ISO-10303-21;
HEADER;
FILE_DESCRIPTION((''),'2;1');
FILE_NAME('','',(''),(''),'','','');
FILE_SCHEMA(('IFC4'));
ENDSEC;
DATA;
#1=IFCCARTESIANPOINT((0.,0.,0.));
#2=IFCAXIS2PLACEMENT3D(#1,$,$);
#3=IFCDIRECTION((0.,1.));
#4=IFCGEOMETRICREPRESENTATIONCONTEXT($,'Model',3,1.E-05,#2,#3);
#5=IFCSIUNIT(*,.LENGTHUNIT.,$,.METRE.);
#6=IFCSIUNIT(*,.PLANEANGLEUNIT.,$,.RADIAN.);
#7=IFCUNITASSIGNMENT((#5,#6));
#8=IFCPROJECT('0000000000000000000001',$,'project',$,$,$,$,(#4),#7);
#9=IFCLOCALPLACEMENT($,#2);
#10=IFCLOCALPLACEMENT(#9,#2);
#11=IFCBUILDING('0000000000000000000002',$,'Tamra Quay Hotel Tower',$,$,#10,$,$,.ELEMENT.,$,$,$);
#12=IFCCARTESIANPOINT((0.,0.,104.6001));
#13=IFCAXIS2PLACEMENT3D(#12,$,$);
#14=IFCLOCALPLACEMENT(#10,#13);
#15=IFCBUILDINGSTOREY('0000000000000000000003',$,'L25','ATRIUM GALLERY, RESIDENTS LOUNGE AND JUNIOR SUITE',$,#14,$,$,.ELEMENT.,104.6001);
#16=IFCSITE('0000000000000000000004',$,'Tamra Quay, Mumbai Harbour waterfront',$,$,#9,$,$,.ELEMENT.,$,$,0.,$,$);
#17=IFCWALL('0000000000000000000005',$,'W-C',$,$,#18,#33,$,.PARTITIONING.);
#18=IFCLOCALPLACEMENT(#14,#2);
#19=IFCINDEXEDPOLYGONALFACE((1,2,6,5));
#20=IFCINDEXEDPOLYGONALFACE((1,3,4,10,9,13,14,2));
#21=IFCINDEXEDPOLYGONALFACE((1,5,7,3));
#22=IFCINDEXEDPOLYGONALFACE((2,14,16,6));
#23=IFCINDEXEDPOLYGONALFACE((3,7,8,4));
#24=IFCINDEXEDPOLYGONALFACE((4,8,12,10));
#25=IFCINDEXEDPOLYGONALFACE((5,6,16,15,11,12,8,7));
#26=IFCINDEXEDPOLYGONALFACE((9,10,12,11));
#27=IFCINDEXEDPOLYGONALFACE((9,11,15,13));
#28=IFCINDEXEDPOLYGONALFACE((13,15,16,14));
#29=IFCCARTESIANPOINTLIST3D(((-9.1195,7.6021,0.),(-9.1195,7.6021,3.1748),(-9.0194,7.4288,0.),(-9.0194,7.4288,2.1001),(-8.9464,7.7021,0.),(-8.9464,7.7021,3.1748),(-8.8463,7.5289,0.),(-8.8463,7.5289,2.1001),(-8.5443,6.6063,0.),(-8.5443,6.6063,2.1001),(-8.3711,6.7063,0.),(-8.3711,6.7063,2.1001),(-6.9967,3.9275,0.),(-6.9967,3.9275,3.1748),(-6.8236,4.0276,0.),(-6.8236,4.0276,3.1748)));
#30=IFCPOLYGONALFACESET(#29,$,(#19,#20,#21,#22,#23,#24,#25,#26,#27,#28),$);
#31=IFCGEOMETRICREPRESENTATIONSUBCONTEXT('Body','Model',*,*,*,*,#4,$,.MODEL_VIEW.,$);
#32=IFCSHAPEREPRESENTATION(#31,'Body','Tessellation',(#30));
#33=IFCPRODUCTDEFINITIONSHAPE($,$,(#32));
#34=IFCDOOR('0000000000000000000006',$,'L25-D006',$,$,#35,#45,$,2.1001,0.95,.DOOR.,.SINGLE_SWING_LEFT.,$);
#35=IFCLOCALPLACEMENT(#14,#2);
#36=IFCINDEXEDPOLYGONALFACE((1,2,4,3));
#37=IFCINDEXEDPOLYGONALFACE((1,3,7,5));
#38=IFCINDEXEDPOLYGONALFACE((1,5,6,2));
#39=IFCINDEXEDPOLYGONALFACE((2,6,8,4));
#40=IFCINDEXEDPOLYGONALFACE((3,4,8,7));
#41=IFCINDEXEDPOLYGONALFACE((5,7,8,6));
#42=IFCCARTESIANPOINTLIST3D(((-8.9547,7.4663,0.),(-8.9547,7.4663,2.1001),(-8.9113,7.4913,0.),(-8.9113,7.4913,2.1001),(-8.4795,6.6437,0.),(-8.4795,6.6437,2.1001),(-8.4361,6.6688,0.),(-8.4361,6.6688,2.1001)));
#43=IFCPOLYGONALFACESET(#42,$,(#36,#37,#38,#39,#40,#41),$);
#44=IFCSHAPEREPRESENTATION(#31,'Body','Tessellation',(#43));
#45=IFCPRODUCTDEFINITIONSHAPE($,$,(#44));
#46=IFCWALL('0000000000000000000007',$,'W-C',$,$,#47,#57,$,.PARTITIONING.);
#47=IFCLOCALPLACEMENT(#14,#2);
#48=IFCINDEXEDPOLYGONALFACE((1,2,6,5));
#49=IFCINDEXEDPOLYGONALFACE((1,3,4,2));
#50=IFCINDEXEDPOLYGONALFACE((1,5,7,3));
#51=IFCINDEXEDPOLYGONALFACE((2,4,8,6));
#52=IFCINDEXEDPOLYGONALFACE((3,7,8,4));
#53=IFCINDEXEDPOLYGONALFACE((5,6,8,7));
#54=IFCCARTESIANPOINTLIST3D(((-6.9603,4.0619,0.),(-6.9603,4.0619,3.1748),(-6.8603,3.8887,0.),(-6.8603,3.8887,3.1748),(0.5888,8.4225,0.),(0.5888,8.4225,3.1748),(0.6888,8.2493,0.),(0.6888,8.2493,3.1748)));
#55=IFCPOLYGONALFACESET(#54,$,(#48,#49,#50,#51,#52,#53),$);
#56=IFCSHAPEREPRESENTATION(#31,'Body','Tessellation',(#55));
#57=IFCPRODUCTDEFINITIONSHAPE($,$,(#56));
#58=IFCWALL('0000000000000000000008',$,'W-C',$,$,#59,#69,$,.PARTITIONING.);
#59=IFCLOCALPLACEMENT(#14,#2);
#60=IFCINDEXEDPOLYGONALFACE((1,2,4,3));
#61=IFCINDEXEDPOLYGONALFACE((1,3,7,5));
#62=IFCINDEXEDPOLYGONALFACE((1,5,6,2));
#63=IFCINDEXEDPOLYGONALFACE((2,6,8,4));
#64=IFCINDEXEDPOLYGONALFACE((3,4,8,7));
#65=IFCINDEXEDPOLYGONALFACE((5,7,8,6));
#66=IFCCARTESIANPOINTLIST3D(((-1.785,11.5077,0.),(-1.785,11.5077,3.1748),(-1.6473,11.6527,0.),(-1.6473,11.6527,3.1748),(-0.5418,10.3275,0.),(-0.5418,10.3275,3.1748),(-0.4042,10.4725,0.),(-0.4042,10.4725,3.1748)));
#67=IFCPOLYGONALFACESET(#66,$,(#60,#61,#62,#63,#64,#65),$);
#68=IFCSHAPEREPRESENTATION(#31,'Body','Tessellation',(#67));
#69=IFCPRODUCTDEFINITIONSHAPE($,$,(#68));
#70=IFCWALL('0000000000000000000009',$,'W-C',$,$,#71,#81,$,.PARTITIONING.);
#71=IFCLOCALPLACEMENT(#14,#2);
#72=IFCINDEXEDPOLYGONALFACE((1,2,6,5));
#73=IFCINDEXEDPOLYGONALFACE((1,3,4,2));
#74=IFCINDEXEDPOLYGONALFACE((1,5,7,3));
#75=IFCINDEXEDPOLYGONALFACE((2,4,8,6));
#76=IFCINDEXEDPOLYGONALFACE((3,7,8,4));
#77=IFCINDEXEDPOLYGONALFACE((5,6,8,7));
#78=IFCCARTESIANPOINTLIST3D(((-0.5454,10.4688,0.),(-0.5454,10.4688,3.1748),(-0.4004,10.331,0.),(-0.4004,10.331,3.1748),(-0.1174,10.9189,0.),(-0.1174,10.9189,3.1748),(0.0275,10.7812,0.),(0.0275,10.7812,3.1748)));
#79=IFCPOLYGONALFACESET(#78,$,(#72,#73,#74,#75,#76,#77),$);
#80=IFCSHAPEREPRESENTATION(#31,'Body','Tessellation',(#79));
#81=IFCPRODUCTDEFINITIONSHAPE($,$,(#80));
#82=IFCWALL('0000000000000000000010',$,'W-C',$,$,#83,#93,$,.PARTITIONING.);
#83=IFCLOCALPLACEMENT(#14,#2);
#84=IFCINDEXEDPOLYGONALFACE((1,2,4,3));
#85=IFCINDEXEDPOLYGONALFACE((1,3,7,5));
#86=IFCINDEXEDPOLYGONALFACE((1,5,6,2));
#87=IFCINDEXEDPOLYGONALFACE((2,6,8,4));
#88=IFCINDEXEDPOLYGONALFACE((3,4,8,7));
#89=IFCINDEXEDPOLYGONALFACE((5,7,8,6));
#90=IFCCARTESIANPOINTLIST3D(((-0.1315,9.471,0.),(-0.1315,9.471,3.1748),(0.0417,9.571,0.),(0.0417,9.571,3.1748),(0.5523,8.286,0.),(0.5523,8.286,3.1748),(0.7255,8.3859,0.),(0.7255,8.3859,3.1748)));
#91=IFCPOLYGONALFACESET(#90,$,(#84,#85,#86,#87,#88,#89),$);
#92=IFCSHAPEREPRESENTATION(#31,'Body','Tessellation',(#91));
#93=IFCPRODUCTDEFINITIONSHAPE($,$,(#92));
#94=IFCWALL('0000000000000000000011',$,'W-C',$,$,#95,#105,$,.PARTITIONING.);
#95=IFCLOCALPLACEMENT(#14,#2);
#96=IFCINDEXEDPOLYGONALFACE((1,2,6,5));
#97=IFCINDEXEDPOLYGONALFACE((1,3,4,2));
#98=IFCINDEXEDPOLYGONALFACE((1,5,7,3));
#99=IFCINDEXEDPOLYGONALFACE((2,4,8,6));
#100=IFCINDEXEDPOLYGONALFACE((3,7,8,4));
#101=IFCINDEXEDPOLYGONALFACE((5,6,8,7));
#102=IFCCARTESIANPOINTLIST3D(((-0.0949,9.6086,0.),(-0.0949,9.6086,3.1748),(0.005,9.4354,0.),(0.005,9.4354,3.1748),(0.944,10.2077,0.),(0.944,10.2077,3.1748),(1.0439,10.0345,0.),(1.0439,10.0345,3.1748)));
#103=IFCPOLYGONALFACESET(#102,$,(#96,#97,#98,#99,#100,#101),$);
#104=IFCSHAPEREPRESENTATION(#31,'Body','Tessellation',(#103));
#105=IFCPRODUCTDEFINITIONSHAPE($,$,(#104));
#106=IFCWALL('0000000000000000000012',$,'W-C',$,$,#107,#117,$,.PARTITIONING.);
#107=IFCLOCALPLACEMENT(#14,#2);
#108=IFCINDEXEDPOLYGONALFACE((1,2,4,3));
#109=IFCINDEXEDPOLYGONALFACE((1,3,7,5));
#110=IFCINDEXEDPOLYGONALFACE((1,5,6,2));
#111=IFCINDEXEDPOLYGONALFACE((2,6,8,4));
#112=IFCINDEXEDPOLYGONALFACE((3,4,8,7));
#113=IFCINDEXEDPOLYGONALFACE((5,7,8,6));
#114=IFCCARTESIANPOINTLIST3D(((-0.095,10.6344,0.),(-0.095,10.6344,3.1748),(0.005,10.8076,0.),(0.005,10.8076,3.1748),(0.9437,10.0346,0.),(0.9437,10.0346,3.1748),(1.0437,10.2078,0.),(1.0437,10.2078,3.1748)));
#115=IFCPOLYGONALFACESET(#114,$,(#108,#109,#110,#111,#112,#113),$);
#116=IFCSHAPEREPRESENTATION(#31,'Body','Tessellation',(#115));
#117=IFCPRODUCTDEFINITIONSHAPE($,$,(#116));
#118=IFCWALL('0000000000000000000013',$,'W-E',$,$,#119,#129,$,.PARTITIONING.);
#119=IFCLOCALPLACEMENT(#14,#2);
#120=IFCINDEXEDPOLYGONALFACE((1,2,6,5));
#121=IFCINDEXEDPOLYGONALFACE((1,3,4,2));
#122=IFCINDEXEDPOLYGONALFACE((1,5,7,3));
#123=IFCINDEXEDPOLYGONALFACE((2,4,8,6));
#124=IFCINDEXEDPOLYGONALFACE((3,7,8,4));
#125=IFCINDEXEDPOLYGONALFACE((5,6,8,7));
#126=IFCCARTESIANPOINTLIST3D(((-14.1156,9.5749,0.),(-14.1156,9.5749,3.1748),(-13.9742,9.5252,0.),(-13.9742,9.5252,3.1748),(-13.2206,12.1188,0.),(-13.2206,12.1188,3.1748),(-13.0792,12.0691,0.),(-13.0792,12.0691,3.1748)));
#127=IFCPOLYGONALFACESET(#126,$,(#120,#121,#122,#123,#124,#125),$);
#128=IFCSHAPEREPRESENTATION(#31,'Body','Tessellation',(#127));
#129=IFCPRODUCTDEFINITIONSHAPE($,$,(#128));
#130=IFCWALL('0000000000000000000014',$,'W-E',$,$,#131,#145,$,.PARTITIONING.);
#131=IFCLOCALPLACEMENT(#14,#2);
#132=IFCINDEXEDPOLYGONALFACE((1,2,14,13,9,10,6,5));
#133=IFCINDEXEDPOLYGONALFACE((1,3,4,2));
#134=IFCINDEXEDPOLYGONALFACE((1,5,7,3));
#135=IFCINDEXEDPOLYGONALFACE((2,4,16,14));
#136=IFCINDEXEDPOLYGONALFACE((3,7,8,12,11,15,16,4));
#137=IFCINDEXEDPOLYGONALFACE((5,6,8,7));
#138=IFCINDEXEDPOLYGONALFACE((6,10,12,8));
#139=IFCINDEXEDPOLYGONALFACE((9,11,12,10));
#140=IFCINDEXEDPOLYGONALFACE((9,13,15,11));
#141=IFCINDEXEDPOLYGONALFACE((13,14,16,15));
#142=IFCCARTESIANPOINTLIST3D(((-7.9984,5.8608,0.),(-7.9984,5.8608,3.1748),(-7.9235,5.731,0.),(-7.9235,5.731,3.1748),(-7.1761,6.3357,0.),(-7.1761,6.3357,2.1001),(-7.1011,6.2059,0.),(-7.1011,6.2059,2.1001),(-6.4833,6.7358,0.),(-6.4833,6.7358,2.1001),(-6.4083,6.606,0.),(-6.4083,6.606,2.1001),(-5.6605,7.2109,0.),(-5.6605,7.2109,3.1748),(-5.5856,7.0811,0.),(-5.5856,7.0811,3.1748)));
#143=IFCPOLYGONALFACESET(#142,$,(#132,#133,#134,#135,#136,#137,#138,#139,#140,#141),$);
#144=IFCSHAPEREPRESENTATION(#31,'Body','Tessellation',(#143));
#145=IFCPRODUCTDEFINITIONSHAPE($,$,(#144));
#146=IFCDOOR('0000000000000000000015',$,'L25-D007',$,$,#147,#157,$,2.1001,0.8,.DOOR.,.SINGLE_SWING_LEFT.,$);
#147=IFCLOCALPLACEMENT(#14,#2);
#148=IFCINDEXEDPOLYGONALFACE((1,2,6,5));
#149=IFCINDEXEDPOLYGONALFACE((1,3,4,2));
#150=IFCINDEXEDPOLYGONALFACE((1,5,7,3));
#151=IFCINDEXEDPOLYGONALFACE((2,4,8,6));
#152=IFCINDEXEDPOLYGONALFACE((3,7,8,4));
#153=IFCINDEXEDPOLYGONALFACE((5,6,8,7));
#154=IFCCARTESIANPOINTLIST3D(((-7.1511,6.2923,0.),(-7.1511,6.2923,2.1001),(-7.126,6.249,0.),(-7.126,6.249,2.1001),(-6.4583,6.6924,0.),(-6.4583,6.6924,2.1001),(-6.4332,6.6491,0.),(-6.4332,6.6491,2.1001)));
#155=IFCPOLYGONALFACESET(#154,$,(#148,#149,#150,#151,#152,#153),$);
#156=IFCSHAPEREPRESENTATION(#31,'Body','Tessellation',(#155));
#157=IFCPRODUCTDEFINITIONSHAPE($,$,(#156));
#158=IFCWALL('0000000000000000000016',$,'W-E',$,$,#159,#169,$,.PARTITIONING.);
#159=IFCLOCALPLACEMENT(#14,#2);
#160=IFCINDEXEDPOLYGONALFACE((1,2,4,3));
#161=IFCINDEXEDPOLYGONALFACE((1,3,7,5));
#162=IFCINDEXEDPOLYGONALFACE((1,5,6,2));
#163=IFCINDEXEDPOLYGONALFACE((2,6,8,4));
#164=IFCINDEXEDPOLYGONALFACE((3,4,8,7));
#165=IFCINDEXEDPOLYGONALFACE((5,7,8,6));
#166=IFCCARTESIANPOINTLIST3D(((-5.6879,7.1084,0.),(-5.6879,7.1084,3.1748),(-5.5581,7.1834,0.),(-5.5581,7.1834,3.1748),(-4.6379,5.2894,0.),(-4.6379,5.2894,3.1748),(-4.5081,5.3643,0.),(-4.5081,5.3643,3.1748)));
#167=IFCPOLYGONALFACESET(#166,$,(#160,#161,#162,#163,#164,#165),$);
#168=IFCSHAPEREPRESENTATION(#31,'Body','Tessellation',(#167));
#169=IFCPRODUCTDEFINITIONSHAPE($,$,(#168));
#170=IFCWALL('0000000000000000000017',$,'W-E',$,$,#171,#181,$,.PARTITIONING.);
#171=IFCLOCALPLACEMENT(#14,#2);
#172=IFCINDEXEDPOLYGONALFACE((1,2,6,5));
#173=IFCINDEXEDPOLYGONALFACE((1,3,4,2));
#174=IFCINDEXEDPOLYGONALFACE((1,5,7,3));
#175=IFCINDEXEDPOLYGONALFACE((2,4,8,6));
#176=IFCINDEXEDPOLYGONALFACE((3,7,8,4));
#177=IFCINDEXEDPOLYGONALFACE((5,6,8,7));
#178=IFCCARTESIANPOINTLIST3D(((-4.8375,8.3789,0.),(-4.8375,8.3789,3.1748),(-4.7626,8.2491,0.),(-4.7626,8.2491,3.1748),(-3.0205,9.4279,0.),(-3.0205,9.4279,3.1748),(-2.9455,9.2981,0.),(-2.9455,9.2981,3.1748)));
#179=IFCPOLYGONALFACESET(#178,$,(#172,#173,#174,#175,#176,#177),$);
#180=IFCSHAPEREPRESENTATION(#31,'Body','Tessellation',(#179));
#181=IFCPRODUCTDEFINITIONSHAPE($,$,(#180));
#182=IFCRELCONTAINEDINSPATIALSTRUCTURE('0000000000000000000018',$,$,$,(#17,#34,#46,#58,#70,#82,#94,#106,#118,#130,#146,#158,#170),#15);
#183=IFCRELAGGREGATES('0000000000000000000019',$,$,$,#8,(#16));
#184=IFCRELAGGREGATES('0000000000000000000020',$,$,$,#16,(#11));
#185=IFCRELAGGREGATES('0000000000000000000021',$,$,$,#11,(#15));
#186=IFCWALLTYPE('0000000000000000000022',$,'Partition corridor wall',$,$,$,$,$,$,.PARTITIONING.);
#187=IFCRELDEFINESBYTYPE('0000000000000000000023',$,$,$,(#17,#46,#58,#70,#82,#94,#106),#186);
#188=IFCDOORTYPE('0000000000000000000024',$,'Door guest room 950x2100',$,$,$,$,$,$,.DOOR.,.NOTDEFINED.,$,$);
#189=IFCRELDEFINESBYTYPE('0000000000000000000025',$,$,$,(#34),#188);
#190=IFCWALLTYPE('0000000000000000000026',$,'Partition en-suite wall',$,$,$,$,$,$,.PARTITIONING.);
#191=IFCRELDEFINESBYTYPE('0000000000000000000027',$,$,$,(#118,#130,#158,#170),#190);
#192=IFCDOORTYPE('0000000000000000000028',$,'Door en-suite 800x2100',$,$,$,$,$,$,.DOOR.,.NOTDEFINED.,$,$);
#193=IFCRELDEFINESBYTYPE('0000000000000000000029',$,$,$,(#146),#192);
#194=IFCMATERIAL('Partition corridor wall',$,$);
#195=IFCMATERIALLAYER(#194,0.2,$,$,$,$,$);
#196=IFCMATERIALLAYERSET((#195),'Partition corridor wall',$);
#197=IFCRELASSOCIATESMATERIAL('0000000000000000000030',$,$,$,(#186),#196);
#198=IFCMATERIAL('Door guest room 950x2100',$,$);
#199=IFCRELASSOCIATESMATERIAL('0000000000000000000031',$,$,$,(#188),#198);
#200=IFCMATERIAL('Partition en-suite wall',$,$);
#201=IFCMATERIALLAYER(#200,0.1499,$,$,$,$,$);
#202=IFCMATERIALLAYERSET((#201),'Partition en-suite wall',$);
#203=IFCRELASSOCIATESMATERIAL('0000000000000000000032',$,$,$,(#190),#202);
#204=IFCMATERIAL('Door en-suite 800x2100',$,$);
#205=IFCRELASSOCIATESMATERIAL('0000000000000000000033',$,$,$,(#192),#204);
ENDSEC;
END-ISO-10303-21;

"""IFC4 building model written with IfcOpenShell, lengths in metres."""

from ifc_helpers import new_model, si_unit, direction, frame, frame_2d, origin, place, context, subcontext, project, spatial, rectangle, extrude, material, layer, layer_set, type_object, element, fill, save


model = new_model("IFC4")

# Units and contexts
model_context = context("Model", 3, precision=1e-05, world=origin(), true_north=direction((0.0, 1.0)))
body_context = subcontext(model_context, "Body", "Model", "MODEL_VIEW")
ifc_project = project(units=[si_unit("LENGTHUNIT", "METRE"), si_unit("PLANEANGLEUNIT", "RADIAN")], contexts=[model_context])

# Site, building, storey
site_placement = place(None, origin())
site = spatial("IfcSite", under=ifc_project, at=site_placement, Name="Tamra Quay, Mumbai Harbour waterfront", CompositionType="ELEMENT", RefElevation=0.0)
building_placement = place(site_placement, origin())
building = spatial("IfcBuilding", under=site, at=building_placement, Name="Tamra Quay Hotel Tower", CompositionType="ELEMENT")
storey_placement = place(building_placement, frame((0.0, 0.0, 104.6001)))
storey = spatial("IfcBuildingStorey", under=building, at=storey_placement, Name="L25", Description="ATRIUM GALLERY, RESIDENTS LOUNGE AND JUNIOR SUITE", CompositionType="ELEMENT", Elevation=104.6001)

# Shared definitions
ifc_material_1 = material(Name="Partition corridor wall")
ifc_layer_1 = layer(ifc_material_1, 0.2)
ifc_layer_set_1 = layer_set([ifc_layer_1], Name="Partition corridor wall")
wall_type_1 = type_object("IfcWallType", Name="Partition corridor wall", PredefinedType="PARTITIONING", material=ifc_layer_set_1)
ifc_material_2 = material(Name="Door guest room 950x2100")
door_type_1 = type_object("IfcDoorType", Name="Door guest room 950x2100", OperationType="NOTDEFINED", PredefinedType="DOOR", material=ifc_material_2)

# Wall, opening, door
wall_1_placement = place(storey_placement, frame((-9.033, 7.6521, 0.0), z_axis=(0.0, 0.0, 1.0), x_axis=(0.500229, -0.865893, 0.0)))
wall_1 = element("IfcWall", 1, at=wall_1_placement, inside=storey, type_object=wall_type_1, Name="W-C", PredefinedType="PARTITIONING", context=body_context, shape_type="SweptSolid", body=[
    extrude(rectangle(XDim=4.2437, YDim=0.2, at=frame_2d((2.1218, 0.0))), origin(), (0.0, 0.0, 1.0), 3.1748),
])
opening_1_placement = place(wall_1_placement, frame((0.2, 0.0, 0.0)))
opening_1 = element("IfcOpeningElement", 2, at=opening_1_placement, cuts=wall_1, PredefinedType="OPENING", context=body_context, shape_type="SweptSolid", body=[
    extrude(rectangle(XDim=0.95, YDim=2.1001, at=frame_2d((0.4751, 1.05))), frame((0.0, 0.1099, 0.0), z_axis=(0.0, -1.0, 0.0), x_axis=(1.0, 0.0, 0.0)), (0.0, 0.0, 1.0), 0.22),
])
door_1_placement = place(opening_1_placement, origin())
door_1 = element("IfcDoor", 3, at=door_1_placement, inside=storey, type_object=door_type_1, Name="L25-D006", OperationType="SINGLE_SWING_LEFT", OverallHeight=2.1001, OverallWidth=0.95, PredefinedType="DOOR", context=body_context, shape_type="SweptSolid", body=[
    extrude(rectangle(XDim=0.95, YDim=2.1001, at=frame_2d((0.4751, 1.05))), frame((0.0, 0.0249, 0.0), z_axis=(0.0, -1.0, 0.0), x_axis=(1.0, 0.0, 0.0)), (0.0, 0.0, 1.0), 0.05),
])
fill(opening_1, door_1)

# Walls
wall_2_placement = place(storey_placement, frame((-6.9102, 3.9753, 0.0), z_axis=(0.0, 0.0, 1.0), x_axis=(0.865919, 0.500184, 0.0)))
element("IfcWall", 4, at=wall_2_placement, inside=storey, type_object=wall_type_1, Name="W-C", PredefinedType="PARTITIONING", context=body_context, shape_type="SweptSolid", body=[
    extrude(rectangle(XDim=8.718, YDim=0.2, at=frame_2d((4.3589, 0.0))), origin(), (0.0, 0.0, 1.0), 3.1748),
])
wall_3_placement = place(storey_placement, frame((-1.7161, 11.5801, 0.0), z_axis=(0.0, 0.0, 1.0), x_axis=(0.725241, -0.688495, 0.0)))
element("IfcWall", 5, at=wall_3_placement, inside=storey, type_object=wall_type_1, Name="W-C", PredefinedType="PARTITIONING", context=body_context, shape_type="SweptSolid", body=[
    extrude(rectangle(XDim=1.7141, YDim=0.2, at=frame_2d((0.8569, 0.0))), origin(), (0.0, 0.0, 1.0), 3.1748),
])
wall_4_placement = place(storey_placement, frame((-0.4729, 10.3999, 0.0), z_axis=(0.0, 0.0, 1.0), x_axis=(0.688997, 0.724764, 0.0)))
element("IfcWall", 6, at=wall_4_placement, inside=storey, type_object=wall_type_1, Name="W-C", PredefinedType="PARTITIONING", context=body_context, shape_type="SweptSolid", body=[
    extrude(rectangle(XDim=0.6211, YDim=0.2, at=frame_2d((0.3105, 0.0))), origin(), (0.0, 0.0, 1.0), 3.1748),
])
wall_5_placement = place(storey_placement, frame((-0.0449, 9.521, 0.0), z_axis=(0.0, 0.0, 1.0), x_axis=(0.499805, -0.866138, 0.0)))
element("IfcWall", 7, at=wall_5_placement, inside=storey, type_object=wall_type_1, Name="W-C", PredefinedType="PARTITIONING", context=body_context, shape_type="SweptSolid", body=[
    extrude(rectangle(XDim=1.3682, YDim=0.2, at=frame_2d((0.6841, 0.0))), origin(), (0.0, 0.0, 1.0), 3.1748),
])
wall_6_placement = place(storey_placement, frame((-0.0449, 9.522, 0.0), z_axis=(0.0, 0.0, 1.0), x_axis=(0.866257, 0.499599, 0.0)))
element("IfcWall", 8, at=wall_6_placement, inside=storey, type_object=wall_type_1, Name="W-C", PredefinedType="PARTITIONING", context=body_context, shape_type="SweptSolid", body=[
    extrude(rectangle(XDim=1.1992, YDim=0.2, at=frame_2d((0.5996, 0.0))), origin(), (0.0, 0.0, 1.0), 3.1748),
])
wall_7_placement = place(storey_placement, frame((-0.0449, 10.7209, 0.0), z_axis=(0.0, 0.0, 1.0), x_axis=(0.865992, -0.500057, 0.0)))
element("IfcWall", 9, at=wall_7_placement, inside=storey, type_object=wall_type_1, Name="W-C", PredefinedType="PARTITIONING", context=body_context, shape_type="SweptSolid", body=[
    extrude(rectangle(XDim=1.1995, YDim=0.2, at=frame_2d((0.5996, 0.0))), origin(), (0.0, 0.0, 1.0), 3.1748),
])
ifc_material_3 = material(Name="Partition en-suite wall")
ifc_layer_2 = layer(ifc_material_3, 0.1499)
ifc_layer_set_2 = layer_set([ifc_layer_2], Name="Partition en-suite wall")
wall_type_2 = type_object("IfcWallType", Name="Partition en-suite wall", PredefinedType="PARTITIONING", material=ifc_layer_set_2)
wall_8_placement = place(storey_placement, frame((-14.0449, 9.55, 0.0), z_axis=(0.0, 0.0, 1.0), x_axis=(0.331882, 0.943321, 0.0)))
element("IfcWall", 10, at=wall_8_placement, inside=storey, type_object=wall_type_2, Name="W-E", PredefinedType="PARTITIONING", context=body_context, shape_type="SweptSolid", body=[
    extrude(rectangle(XDim=2.6968, YDim=0.1499, at=frame_2d((1.3484, 0.0))), origin(), (0.0, 0.0, 1.0), 3.1748),
])

# Wall, opening, door
wall_9_placement = place(storey_placement, frame((-7.9609, 5.7959, 0.0), z_axis=(0.0, 0.0, 1.0), x_axis=(0.865975, 0.500088, 0.0)))
wall_9 = element("IfcWall", 11, at=wall_9_placement, inside=storey, type_object=wall_type_2, Name="W-E", PredefinedType="PARTITIONING", context=body_context, shape_type="SweptSolid", body=[
    extrude(rectangle(XDim=2.6997, YDim=0.1499, at=frame_2d((1.3499, 0.0))), origin(), (0.0, 0.0, 1.0), 3.1748),
])
opening_2_placement = place(wall_9_placement, frame((0.9497, 0.0, 0.0)))
opening_2 = element("IfcOpeningElement", 12, at=opening_2_placement, cuts=wall_9, PredefinedType="OPENING", context=body_context, shape_type="SweptSolid", body=[
    extrude(rectangle(XDim=0.8, YDim=2.1001, at=frame_2d((0.3999, 1.05))), frame((0.0, 0.085, 0.0), z_axis=(0.0, -1.0, 0.0), x_axis=(1.0, 0.0, 0.0)), (0.0, 0.0, 1.0), 0.1699),
])
ifc_material_4 = material(Name="Door en-suite 800x2100")
door_type_2 = type_object("IfcDoorType", Name="Door en-suite 800x2100", OperationType="NOTDEFINED", PredefinedType="DOOR", material=ifc_material_4)
door_2_placement = place(opening_2_placement, origin())
door_2 = element("IfcDoor", 13, at=door_2_placement, inside=storey, type_object=door_type_2, Name="L25-D007", OperationType="SINGLE_SWING_LEFT", OverallHeight=2.1001, OverallWidth=0.8, PredefinedType="DOOR", context=body_context, shape_type="SweptSolid", body=[
    extrude(rectangle(XDim=0.8, YDim=2.1001, at=frame_2d((0.3999, 1.05))), frame((0.0, 0.0249, 0.0), z_axis=(0.0, -1.0, 0.0), x_axis=(1.0, 0.0, 0.0)), (0.0, 0.0, 1.0), 0.05),
])
fill(opening_2, door_2)

# Walls
wall_10_placement = place(storey_placement, frame((-5.623, 7.146, 0.0), z_axis=(0.0, 0.0, 1.0), x_axis=(0.499927, -0.866068, 0.0)))
element("IfcWall", 14, at=wall_10_placement, inside=storey, type_object=wall_type_2, Name="W-E", PredefinedType="PARTITIONING", context=body_context, shape_type="SweptSolid", body=[
    extrude(rectangle(XDim=2.1003, YDim=0.1499, at=frame_2d((1.0503, 0.0))), origin(), (0.0, 0.0, 1.0), 3.1748),
])
wall_11_placement = place(storey_placement, frame((-4.8, 8.314, 0.0), z_axis=(0.0, 0.0, 1.0), x_axis=(0.866036, 0.499981, 0.0)))
element("IfcWall", 15, at=wall_11_placement, inside=storey, type_object=wall_type_2, Name="W-E", PredefinedType="PARTITIONING", context=body_context, shape_type="SweptSolid", body=[
    extrude(rectangle(XDim=2.0981, YDim=0.1499, at=frame_2d((1.0491, 0.0))), origin(), (0.0, 0.0, 1.0), 3.1748),
])

save(model, "model.ifc")
